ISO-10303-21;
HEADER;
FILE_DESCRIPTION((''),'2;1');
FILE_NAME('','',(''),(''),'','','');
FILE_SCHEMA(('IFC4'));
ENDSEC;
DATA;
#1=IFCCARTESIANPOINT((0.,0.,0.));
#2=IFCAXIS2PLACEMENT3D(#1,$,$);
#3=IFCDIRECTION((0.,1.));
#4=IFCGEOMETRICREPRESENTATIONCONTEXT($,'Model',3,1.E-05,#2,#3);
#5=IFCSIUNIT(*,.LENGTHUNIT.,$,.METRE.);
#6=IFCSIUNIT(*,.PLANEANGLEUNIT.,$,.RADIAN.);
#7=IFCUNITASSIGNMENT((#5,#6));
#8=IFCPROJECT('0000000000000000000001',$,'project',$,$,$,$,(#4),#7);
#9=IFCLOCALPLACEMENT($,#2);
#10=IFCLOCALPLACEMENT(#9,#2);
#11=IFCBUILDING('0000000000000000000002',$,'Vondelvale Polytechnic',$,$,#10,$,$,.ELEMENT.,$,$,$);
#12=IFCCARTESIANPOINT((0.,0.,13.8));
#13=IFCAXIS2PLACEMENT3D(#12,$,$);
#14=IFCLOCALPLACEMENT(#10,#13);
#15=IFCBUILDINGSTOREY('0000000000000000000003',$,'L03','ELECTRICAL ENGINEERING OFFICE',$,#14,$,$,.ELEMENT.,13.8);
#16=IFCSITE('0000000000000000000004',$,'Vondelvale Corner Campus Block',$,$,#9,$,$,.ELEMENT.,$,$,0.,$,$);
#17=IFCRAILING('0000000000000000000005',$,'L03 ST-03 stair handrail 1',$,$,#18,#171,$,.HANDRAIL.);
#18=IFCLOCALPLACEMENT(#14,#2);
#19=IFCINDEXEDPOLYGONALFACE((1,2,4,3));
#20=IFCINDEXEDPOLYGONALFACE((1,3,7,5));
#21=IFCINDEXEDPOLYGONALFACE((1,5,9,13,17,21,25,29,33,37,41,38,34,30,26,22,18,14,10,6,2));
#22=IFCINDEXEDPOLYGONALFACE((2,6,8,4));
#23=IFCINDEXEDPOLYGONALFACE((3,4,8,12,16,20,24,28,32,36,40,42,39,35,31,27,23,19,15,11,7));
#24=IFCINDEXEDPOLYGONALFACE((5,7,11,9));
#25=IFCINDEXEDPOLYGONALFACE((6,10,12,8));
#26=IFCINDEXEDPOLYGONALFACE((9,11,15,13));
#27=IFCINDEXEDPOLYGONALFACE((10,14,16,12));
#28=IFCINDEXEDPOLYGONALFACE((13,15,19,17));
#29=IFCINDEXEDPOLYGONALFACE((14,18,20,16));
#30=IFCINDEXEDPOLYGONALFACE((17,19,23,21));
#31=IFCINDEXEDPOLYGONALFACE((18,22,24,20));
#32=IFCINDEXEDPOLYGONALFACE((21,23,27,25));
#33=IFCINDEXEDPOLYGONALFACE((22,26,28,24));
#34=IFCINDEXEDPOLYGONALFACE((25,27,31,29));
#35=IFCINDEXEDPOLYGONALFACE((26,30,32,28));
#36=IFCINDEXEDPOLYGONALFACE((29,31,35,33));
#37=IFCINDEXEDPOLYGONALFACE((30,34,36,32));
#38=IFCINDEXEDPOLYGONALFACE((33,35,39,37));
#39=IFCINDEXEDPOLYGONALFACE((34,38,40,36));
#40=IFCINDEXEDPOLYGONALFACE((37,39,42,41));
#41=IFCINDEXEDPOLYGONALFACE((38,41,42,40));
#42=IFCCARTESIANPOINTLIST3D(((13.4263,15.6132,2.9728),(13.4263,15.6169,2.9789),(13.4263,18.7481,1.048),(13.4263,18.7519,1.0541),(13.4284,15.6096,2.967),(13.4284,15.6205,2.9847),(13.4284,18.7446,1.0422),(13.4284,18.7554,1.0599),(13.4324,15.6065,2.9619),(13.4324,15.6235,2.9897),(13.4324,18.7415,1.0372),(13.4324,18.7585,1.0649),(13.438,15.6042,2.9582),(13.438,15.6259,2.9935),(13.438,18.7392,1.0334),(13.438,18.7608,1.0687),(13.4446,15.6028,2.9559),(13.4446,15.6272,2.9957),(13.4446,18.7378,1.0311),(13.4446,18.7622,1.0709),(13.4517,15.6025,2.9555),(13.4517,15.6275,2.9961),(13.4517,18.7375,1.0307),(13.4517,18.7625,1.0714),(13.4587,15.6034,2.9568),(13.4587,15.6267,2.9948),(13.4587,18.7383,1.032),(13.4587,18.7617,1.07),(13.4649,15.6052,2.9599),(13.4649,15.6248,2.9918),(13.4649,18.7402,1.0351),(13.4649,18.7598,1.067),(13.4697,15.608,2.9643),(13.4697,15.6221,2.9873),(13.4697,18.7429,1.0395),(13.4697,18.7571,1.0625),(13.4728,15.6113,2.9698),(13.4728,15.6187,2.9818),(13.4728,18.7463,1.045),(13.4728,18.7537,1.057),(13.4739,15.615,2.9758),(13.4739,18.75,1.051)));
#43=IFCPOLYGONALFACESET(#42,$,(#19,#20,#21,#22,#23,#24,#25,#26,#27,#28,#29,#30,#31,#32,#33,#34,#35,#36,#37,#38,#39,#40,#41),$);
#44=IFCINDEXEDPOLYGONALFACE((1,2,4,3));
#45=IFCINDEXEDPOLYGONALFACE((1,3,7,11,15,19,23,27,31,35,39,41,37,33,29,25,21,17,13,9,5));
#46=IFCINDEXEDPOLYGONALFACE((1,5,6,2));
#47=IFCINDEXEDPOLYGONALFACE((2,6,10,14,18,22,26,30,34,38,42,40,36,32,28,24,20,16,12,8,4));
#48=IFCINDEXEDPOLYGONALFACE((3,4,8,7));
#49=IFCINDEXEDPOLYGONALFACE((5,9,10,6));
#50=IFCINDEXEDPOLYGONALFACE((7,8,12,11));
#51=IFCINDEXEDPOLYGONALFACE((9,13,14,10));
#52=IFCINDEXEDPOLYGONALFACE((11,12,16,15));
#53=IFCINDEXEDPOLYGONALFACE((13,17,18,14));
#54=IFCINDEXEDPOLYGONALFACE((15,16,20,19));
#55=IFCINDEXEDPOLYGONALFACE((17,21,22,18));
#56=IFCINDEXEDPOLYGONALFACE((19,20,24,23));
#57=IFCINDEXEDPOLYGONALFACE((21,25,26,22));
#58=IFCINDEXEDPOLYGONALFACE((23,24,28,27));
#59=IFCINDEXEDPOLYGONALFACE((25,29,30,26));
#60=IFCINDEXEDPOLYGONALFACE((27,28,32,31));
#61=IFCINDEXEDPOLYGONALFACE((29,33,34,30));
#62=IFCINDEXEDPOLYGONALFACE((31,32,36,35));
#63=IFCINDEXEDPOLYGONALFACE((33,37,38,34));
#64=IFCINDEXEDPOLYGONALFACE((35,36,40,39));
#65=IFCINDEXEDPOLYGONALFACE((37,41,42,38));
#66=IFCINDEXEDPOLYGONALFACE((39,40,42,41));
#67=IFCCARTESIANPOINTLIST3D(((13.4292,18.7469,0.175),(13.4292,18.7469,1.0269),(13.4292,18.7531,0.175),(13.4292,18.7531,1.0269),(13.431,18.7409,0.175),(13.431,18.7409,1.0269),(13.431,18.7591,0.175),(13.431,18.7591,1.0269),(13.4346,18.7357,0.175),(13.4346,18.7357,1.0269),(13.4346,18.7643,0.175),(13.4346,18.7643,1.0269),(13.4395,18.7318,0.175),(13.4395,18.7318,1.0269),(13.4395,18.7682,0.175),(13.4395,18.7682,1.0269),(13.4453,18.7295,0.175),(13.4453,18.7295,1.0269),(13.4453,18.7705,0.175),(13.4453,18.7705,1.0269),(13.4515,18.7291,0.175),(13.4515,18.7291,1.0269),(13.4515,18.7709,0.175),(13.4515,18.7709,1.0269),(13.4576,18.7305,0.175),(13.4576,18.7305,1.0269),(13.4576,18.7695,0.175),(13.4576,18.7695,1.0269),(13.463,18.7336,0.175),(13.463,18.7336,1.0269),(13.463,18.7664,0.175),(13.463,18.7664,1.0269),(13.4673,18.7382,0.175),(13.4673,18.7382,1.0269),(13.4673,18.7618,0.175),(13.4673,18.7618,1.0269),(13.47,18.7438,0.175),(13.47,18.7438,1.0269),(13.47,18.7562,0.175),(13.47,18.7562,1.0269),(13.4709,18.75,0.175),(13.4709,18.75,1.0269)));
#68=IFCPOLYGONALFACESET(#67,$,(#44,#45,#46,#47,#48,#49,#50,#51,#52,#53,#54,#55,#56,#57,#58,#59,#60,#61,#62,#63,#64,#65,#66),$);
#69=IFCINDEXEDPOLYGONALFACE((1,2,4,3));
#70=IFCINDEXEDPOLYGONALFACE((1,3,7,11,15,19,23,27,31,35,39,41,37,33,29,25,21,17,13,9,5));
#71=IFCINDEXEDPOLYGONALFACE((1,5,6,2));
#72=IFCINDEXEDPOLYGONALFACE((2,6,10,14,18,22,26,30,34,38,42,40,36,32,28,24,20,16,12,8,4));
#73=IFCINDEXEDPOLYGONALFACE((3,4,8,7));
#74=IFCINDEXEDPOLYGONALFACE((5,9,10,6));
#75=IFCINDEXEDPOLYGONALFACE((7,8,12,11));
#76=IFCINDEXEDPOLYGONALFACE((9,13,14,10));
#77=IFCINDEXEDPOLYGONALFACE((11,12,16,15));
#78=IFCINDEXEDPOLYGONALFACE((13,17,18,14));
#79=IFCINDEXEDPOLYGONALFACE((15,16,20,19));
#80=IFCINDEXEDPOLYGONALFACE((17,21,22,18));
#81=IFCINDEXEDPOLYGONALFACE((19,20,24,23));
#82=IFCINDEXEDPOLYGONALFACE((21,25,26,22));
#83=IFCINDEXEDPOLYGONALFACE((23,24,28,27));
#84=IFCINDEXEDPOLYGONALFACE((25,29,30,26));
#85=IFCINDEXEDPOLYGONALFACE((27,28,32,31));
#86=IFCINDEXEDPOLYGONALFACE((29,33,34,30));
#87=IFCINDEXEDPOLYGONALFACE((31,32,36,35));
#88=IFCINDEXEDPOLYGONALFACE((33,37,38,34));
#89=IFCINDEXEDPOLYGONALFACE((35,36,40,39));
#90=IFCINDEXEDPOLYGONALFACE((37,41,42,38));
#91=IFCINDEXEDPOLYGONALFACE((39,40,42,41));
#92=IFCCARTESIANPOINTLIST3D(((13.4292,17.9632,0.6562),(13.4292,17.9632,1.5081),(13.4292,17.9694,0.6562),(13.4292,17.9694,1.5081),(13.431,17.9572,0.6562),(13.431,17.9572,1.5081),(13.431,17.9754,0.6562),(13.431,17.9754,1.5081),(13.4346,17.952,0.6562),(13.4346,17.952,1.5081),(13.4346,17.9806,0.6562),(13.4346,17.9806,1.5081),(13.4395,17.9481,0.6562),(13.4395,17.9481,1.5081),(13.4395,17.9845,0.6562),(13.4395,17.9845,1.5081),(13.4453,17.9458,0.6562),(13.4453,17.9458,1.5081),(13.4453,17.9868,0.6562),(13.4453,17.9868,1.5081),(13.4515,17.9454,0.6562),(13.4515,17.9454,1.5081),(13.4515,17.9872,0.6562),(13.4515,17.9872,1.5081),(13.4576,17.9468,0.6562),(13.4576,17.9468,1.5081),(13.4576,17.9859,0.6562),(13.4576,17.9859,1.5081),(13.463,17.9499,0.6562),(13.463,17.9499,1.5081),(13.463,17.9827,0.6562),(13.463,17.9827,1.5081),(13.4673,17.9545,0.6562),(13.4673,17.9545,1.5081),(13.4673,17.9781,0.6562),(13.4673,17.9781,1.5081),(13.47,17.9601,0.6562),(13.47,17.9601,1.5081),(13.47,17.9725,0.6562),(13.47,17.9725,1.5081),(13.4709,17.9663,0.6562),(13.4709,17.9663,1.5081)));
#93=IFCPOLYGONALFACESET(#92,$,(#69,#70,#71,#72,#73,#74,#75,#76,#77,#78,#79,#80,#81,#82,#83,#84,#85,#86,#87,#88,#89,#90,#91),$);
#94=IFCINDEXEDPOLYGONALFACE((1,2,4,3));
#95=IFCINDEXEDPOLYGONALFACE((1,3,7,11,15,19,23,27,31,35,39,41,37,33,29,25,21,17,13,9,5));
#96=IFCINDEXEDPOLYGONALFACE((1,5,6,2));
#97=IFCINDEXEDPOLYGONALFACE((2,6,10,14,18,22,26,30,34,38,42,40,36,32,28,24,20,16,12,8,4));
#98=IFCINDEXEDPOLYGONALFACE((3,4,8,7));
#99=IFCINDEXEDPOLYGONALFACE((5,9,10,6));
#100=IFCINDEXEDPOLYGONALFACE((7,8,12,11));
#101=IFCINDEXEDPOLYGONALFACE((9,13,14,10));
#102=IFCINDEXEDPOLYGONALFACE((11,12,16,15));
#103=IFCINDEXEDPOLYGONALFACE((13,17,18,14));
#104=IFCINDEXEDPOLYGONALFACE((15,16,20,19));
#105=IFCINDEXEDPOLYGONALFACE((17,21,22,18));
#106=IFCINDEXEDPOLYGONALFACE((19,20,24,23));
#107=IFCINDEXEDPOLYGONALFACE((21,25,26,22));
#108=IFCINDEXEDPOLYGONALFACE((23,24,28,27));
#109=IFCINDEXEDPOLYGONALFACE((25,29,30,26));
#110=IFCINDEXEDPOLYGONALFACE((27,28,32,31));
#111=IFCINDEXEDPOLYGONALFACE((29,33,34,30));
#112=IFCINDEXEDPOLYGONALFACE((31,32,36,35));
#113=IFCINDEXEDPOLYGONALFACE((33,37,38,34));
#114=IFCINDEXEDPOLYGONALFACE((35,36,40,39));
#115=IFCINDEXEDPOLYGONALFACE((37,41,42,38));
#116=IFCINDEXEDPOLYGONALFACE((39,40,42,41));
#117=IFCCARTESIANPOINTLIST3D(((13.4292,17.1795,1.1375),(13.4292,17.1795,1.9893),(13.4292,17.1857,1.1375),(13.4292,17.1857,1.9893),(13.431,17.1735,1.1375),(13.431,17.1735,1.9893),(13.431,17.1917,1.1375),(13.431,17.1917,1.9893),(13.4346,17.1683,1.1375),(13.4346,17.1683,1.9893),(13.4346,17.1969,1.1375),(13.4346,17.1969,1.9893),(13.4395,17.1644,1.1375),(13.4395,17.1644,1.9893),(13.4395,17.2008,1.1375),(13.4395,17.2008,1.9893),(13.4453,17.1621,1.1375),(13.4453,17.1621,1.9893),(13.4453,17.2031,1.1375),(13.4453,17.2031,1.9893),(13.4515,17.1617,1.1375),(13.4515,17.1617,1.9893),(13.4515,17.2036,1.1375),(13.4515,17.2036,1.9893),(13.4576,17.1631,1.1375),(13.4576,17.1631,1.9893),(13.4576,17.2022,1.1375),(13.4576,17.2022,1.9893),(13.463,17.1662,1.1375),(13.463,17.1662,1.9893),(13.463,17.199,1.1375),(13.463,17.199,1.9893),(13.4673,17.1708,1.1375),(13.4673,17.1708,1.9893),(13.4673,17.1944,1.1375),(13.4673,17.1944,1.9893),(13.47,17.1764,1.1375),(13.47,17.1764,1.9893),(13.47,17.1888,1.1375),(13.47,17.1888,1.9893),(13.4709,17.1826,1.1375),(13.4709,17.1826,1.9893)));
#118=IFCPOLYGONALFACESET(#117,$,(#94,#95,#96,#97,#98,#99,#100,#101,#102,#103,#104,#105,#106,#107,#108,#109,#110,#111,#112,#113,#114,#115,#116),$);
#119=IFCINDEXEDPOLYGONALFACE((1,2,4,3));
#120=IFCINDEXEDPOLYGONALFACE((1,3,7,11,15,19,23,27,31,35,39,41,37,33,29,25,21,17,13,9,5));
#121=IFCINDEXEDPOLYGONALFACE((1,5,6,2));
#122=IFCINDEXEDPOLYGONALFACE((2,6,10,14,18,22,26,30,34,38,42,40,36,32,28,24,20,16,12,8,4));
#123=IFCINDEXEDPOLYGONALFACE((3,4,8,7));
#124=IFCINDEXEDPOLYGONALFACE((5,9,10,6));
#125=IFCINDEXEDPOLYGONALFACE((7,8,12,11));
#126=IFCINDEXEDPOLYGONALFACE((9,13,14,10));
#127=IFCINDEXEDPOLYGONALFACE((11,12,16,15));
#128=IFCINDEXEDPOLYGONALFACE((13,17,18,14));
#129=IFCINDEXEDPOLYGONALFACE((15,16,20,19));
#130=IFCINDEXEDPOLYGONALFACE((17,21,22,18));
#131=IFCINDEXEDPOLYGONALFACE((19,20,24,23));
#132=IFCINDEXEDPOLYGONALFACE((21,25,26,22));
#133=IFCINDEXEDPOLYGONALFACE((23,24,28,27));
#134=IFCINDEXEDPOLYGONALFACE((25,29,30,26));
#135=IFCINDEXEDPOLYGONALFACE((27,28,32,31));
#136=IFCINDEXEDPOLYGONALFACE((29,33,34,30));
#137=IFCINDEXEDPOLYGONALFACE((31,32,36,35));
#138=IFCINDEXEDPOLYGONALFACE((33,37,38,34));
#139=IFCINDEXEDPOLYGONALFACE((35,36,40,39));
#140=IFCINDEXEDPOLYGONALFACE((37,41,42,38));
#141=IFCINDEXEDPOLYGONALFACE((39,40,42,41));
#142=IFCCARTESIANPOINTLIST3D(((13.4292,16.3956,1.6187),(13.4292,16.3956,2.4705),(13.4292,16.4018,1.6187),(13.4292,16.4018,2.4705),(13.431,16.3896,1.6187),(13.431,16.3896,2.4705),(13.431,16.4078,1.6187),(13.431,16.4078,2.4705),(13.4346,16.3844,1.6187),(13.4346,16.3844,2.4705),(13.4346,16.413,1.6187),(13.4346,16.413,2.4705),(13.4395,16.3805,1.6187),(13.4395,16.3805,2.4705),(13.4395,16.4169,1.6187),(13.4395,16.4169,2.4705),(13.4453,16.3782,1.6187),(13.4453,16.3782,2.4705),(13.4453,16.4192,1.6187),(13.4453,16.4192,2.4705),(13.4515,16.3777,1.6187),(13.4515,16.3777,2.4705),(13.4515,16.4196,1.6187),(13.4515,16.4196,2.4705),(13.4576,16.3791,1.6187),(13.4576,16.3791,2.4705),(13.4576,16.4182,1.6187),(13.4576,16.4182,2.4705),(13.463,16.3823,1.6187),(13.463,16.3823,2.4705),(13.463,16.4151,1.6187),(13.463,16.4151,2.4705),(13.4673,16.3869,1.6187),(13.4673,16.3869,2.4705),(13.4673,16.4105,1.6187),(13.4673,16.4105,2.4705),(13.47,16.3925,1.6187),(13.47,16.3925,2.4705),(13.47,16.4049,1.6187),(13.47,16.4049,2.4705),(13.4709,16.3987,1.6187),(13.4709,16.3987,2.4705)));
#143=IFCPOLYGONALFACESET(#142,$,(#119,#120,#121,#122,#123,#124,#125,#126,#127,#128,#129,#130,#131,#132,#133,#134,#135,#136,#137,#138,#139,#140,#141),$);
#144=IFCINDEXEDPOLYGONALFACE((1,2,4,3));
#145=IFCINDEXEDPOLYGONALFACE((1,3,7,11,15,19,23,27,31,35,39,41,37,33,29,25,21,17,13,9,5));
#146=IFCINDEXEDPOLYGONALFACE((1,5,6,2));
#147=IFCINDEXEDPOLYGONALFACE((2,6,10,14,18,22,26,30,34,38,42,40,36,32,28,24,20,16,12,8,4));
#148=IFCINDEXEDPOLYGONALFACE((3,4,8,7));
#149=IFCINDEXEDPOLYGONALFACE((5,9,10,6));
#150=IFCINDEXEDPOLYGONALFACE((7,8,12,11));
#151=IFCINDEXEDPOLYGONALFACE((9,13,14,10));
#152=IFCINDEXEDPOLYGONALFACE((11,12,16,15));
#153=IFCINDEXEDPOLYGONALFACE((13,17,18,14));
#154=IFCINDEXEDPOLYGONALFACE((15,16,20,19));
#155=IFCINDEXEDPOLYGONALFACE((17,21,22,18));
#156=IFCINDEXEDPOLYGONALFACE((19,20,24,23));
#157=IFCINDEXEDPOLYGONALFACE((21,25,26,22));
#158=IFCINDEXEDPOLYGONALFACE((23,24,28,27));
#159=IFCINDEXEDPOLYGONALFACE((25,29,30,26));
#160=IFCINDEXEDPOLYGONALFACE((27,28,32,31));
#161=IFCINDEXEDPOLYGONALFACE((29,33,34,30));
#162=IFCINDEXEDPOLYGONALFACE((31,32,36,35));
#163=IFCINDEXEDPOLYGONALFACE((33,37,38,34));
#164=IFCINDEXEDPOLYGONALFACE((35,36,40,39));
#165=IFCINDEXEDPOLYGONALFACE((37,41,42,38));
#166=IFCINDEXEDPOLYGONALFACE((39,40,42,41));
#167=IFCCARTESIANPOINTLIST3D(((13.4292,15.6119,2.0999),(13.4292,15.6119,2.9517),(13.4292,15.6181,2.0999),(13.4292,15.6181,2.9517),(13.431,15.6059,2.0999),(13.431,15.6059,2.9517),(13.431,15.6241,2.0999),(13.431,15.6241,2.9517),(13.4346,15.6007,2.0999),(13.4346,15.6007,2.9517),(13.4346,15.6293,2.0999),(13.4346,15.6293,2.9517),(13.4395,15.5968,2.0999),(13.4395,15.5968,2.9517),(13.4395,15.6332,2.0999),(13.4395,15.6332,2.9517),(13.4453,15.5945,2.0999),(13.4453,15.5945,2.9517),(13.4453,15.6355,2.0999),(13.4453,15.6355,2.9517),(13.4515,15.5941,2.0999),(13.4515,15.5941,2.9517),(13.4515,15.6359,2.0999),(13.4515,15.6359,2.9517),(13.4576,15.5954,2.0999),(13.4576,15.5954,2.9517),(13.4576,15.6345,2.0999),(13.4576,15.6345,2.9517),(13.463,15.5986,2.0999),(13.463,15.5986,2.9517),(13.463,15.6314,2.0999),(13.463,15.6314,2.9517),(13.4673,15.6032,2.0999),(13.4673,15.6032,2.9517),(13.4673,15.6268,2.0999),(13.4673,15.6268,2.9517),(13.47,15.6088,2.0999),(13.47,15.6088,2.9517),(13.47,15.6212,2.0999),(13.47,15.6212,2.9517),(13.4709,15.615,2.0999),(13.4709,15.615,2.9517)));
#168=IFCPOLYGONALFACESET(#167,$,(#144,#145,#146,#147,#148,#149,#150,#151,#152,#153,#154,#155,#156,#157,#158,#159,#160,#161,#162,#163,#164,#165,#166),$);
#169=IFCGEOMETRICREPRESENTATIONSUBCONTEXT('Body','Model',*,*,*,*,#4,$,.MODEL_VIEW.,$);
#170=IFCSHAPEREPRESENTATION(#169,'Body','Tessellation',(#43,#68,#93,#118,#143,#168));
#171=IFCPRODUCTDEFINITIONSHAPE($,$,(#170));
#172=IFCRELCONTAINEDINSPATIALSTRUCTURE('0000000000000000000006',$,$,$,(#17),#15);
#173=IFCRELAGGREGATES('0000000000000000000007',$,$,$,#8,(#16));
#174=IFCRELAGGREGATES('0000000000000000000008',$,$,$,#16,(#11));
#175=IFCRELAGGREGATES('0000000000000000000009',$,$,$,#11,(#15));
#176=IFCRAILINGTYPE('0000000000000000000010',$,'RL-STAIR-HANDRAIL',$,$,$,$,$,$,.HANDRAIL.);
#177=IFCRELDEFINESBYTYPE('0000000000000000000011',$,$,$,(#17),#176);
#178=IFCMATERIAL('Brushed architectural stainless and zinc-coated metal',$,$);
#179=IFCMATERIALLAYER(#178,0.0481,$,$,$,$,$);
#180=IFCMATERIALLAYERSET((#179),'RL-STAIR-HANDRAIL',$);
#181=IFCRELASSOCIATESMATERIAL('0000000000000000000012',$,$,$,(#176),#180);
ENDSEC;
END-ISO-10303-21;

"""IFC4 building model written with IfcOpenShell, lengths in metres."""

from ifc_helpers import new_model, si_unit, direction, frame, origin, origin_2d, place, context, subcontext, project, spatial, circle, extrude, material, layer, layer_set, type_object, element, save


model = new_model("IFC4")

# Units and contexts
model_context = context("Model", 3, precision=1e-05, world=origin(), true_north=direction((0.0, 1.0)))
body_context = subcontext(model_context, "Body", "Model", "MODEL_VIEW")
ifc_project = project(units=[si_unit("LENGTHUNIT", "METRE"), si_unit("PLANEANGLEUNIT", "RADIAN")], contexts=[model_context])

# Site, building, storey
site_placement = place(None, origin())
site = spatial("IfcSite", under=ifc_project, at=site_placement, Name="Vondelvale Corner Campus Block", CompositionType="ELEMENT", RefElevation=0.0)
building_placement = place(site_placement, origin())
building = spatial("IfcBuilding", under=site, at=building_placement, Name="Vondelvale Polytechnic", CompositionType="ELEMENT")
storey_placement = place(building_placement, frame((0.0, 0.0, 13.8)))
storey = spatial("IfcBuildingStorey", under=building, at=storey_placement, Name="L03", Description="ELECTRICAL ENGINEERING OFFICE", CompositionType="ELEMENT", Elevation=13.8)

# Shared definitions
ifc_material_1 = material(Name="Brushed architectural stainless and zinc-coated metal")

# Railing
ifc_layer_1 = layer(ifc_material_1, 0.0481)
ifc_layer_set_1 = layer_set([ifc_layer_1], Name="RL-STAIR-HANDRAIL")
railing_type_1 = type_object("IfcRailingType", Name="RL-STAIR-HANDRAIL", PredefinedType="HANDRAIL", material=ifc_layer_set_1)
railing_1_placement = place(storey_placement, frame((13.45, 18.75, 0.175)))
element("IfcRailing", 1, at=railing_1_placement, inside=storey, type_object=railing_type_1, Name="L03 ST-03 stair handrail 1", PredefinedType="HANDRAIL", context=body_context, shape_type="SweptSolid", body=[
    extrude(circle(Radius=0.0239, at=origin_2d()), frame((0.0, 0.0, 0.876), z_axis=(0.0, -0.852196, 0.523223), x_axis=(1.0, 0.0, 0.0)), (0.0, 0.0, 1.0), 3.6787),
    extrude(circle(Radius=0.021, at=origin_2d()), origin(), (0.0, 0.0, 1.0), 0.8518),
    extrude(circle(Radius=0.021, at=origin_2d()), frame((0.0, -0.7837, 0.4812)), (0.0, 0.0, 1.0), 0.8518),
    extrude(circle(Radius=0.021, at=origin_2d()), frame((0.0, -1.5674, 0.9624)), (0.0, 0.0, 1.0), 0.8518),
    extrude(circle(Radius=0.021, at=origin_2d()), frame((0.0, -2.3513, 1.4436)), (0.0, 0.0, 1.0), 0.8518),
    extrude(circle(Radius=0.021, at=origin_2d()), frame((0.0, -3.135, 1.9248)), (0.0, 0.0, 1.0), 0.8518),
])

save(model, "model.ifc")
